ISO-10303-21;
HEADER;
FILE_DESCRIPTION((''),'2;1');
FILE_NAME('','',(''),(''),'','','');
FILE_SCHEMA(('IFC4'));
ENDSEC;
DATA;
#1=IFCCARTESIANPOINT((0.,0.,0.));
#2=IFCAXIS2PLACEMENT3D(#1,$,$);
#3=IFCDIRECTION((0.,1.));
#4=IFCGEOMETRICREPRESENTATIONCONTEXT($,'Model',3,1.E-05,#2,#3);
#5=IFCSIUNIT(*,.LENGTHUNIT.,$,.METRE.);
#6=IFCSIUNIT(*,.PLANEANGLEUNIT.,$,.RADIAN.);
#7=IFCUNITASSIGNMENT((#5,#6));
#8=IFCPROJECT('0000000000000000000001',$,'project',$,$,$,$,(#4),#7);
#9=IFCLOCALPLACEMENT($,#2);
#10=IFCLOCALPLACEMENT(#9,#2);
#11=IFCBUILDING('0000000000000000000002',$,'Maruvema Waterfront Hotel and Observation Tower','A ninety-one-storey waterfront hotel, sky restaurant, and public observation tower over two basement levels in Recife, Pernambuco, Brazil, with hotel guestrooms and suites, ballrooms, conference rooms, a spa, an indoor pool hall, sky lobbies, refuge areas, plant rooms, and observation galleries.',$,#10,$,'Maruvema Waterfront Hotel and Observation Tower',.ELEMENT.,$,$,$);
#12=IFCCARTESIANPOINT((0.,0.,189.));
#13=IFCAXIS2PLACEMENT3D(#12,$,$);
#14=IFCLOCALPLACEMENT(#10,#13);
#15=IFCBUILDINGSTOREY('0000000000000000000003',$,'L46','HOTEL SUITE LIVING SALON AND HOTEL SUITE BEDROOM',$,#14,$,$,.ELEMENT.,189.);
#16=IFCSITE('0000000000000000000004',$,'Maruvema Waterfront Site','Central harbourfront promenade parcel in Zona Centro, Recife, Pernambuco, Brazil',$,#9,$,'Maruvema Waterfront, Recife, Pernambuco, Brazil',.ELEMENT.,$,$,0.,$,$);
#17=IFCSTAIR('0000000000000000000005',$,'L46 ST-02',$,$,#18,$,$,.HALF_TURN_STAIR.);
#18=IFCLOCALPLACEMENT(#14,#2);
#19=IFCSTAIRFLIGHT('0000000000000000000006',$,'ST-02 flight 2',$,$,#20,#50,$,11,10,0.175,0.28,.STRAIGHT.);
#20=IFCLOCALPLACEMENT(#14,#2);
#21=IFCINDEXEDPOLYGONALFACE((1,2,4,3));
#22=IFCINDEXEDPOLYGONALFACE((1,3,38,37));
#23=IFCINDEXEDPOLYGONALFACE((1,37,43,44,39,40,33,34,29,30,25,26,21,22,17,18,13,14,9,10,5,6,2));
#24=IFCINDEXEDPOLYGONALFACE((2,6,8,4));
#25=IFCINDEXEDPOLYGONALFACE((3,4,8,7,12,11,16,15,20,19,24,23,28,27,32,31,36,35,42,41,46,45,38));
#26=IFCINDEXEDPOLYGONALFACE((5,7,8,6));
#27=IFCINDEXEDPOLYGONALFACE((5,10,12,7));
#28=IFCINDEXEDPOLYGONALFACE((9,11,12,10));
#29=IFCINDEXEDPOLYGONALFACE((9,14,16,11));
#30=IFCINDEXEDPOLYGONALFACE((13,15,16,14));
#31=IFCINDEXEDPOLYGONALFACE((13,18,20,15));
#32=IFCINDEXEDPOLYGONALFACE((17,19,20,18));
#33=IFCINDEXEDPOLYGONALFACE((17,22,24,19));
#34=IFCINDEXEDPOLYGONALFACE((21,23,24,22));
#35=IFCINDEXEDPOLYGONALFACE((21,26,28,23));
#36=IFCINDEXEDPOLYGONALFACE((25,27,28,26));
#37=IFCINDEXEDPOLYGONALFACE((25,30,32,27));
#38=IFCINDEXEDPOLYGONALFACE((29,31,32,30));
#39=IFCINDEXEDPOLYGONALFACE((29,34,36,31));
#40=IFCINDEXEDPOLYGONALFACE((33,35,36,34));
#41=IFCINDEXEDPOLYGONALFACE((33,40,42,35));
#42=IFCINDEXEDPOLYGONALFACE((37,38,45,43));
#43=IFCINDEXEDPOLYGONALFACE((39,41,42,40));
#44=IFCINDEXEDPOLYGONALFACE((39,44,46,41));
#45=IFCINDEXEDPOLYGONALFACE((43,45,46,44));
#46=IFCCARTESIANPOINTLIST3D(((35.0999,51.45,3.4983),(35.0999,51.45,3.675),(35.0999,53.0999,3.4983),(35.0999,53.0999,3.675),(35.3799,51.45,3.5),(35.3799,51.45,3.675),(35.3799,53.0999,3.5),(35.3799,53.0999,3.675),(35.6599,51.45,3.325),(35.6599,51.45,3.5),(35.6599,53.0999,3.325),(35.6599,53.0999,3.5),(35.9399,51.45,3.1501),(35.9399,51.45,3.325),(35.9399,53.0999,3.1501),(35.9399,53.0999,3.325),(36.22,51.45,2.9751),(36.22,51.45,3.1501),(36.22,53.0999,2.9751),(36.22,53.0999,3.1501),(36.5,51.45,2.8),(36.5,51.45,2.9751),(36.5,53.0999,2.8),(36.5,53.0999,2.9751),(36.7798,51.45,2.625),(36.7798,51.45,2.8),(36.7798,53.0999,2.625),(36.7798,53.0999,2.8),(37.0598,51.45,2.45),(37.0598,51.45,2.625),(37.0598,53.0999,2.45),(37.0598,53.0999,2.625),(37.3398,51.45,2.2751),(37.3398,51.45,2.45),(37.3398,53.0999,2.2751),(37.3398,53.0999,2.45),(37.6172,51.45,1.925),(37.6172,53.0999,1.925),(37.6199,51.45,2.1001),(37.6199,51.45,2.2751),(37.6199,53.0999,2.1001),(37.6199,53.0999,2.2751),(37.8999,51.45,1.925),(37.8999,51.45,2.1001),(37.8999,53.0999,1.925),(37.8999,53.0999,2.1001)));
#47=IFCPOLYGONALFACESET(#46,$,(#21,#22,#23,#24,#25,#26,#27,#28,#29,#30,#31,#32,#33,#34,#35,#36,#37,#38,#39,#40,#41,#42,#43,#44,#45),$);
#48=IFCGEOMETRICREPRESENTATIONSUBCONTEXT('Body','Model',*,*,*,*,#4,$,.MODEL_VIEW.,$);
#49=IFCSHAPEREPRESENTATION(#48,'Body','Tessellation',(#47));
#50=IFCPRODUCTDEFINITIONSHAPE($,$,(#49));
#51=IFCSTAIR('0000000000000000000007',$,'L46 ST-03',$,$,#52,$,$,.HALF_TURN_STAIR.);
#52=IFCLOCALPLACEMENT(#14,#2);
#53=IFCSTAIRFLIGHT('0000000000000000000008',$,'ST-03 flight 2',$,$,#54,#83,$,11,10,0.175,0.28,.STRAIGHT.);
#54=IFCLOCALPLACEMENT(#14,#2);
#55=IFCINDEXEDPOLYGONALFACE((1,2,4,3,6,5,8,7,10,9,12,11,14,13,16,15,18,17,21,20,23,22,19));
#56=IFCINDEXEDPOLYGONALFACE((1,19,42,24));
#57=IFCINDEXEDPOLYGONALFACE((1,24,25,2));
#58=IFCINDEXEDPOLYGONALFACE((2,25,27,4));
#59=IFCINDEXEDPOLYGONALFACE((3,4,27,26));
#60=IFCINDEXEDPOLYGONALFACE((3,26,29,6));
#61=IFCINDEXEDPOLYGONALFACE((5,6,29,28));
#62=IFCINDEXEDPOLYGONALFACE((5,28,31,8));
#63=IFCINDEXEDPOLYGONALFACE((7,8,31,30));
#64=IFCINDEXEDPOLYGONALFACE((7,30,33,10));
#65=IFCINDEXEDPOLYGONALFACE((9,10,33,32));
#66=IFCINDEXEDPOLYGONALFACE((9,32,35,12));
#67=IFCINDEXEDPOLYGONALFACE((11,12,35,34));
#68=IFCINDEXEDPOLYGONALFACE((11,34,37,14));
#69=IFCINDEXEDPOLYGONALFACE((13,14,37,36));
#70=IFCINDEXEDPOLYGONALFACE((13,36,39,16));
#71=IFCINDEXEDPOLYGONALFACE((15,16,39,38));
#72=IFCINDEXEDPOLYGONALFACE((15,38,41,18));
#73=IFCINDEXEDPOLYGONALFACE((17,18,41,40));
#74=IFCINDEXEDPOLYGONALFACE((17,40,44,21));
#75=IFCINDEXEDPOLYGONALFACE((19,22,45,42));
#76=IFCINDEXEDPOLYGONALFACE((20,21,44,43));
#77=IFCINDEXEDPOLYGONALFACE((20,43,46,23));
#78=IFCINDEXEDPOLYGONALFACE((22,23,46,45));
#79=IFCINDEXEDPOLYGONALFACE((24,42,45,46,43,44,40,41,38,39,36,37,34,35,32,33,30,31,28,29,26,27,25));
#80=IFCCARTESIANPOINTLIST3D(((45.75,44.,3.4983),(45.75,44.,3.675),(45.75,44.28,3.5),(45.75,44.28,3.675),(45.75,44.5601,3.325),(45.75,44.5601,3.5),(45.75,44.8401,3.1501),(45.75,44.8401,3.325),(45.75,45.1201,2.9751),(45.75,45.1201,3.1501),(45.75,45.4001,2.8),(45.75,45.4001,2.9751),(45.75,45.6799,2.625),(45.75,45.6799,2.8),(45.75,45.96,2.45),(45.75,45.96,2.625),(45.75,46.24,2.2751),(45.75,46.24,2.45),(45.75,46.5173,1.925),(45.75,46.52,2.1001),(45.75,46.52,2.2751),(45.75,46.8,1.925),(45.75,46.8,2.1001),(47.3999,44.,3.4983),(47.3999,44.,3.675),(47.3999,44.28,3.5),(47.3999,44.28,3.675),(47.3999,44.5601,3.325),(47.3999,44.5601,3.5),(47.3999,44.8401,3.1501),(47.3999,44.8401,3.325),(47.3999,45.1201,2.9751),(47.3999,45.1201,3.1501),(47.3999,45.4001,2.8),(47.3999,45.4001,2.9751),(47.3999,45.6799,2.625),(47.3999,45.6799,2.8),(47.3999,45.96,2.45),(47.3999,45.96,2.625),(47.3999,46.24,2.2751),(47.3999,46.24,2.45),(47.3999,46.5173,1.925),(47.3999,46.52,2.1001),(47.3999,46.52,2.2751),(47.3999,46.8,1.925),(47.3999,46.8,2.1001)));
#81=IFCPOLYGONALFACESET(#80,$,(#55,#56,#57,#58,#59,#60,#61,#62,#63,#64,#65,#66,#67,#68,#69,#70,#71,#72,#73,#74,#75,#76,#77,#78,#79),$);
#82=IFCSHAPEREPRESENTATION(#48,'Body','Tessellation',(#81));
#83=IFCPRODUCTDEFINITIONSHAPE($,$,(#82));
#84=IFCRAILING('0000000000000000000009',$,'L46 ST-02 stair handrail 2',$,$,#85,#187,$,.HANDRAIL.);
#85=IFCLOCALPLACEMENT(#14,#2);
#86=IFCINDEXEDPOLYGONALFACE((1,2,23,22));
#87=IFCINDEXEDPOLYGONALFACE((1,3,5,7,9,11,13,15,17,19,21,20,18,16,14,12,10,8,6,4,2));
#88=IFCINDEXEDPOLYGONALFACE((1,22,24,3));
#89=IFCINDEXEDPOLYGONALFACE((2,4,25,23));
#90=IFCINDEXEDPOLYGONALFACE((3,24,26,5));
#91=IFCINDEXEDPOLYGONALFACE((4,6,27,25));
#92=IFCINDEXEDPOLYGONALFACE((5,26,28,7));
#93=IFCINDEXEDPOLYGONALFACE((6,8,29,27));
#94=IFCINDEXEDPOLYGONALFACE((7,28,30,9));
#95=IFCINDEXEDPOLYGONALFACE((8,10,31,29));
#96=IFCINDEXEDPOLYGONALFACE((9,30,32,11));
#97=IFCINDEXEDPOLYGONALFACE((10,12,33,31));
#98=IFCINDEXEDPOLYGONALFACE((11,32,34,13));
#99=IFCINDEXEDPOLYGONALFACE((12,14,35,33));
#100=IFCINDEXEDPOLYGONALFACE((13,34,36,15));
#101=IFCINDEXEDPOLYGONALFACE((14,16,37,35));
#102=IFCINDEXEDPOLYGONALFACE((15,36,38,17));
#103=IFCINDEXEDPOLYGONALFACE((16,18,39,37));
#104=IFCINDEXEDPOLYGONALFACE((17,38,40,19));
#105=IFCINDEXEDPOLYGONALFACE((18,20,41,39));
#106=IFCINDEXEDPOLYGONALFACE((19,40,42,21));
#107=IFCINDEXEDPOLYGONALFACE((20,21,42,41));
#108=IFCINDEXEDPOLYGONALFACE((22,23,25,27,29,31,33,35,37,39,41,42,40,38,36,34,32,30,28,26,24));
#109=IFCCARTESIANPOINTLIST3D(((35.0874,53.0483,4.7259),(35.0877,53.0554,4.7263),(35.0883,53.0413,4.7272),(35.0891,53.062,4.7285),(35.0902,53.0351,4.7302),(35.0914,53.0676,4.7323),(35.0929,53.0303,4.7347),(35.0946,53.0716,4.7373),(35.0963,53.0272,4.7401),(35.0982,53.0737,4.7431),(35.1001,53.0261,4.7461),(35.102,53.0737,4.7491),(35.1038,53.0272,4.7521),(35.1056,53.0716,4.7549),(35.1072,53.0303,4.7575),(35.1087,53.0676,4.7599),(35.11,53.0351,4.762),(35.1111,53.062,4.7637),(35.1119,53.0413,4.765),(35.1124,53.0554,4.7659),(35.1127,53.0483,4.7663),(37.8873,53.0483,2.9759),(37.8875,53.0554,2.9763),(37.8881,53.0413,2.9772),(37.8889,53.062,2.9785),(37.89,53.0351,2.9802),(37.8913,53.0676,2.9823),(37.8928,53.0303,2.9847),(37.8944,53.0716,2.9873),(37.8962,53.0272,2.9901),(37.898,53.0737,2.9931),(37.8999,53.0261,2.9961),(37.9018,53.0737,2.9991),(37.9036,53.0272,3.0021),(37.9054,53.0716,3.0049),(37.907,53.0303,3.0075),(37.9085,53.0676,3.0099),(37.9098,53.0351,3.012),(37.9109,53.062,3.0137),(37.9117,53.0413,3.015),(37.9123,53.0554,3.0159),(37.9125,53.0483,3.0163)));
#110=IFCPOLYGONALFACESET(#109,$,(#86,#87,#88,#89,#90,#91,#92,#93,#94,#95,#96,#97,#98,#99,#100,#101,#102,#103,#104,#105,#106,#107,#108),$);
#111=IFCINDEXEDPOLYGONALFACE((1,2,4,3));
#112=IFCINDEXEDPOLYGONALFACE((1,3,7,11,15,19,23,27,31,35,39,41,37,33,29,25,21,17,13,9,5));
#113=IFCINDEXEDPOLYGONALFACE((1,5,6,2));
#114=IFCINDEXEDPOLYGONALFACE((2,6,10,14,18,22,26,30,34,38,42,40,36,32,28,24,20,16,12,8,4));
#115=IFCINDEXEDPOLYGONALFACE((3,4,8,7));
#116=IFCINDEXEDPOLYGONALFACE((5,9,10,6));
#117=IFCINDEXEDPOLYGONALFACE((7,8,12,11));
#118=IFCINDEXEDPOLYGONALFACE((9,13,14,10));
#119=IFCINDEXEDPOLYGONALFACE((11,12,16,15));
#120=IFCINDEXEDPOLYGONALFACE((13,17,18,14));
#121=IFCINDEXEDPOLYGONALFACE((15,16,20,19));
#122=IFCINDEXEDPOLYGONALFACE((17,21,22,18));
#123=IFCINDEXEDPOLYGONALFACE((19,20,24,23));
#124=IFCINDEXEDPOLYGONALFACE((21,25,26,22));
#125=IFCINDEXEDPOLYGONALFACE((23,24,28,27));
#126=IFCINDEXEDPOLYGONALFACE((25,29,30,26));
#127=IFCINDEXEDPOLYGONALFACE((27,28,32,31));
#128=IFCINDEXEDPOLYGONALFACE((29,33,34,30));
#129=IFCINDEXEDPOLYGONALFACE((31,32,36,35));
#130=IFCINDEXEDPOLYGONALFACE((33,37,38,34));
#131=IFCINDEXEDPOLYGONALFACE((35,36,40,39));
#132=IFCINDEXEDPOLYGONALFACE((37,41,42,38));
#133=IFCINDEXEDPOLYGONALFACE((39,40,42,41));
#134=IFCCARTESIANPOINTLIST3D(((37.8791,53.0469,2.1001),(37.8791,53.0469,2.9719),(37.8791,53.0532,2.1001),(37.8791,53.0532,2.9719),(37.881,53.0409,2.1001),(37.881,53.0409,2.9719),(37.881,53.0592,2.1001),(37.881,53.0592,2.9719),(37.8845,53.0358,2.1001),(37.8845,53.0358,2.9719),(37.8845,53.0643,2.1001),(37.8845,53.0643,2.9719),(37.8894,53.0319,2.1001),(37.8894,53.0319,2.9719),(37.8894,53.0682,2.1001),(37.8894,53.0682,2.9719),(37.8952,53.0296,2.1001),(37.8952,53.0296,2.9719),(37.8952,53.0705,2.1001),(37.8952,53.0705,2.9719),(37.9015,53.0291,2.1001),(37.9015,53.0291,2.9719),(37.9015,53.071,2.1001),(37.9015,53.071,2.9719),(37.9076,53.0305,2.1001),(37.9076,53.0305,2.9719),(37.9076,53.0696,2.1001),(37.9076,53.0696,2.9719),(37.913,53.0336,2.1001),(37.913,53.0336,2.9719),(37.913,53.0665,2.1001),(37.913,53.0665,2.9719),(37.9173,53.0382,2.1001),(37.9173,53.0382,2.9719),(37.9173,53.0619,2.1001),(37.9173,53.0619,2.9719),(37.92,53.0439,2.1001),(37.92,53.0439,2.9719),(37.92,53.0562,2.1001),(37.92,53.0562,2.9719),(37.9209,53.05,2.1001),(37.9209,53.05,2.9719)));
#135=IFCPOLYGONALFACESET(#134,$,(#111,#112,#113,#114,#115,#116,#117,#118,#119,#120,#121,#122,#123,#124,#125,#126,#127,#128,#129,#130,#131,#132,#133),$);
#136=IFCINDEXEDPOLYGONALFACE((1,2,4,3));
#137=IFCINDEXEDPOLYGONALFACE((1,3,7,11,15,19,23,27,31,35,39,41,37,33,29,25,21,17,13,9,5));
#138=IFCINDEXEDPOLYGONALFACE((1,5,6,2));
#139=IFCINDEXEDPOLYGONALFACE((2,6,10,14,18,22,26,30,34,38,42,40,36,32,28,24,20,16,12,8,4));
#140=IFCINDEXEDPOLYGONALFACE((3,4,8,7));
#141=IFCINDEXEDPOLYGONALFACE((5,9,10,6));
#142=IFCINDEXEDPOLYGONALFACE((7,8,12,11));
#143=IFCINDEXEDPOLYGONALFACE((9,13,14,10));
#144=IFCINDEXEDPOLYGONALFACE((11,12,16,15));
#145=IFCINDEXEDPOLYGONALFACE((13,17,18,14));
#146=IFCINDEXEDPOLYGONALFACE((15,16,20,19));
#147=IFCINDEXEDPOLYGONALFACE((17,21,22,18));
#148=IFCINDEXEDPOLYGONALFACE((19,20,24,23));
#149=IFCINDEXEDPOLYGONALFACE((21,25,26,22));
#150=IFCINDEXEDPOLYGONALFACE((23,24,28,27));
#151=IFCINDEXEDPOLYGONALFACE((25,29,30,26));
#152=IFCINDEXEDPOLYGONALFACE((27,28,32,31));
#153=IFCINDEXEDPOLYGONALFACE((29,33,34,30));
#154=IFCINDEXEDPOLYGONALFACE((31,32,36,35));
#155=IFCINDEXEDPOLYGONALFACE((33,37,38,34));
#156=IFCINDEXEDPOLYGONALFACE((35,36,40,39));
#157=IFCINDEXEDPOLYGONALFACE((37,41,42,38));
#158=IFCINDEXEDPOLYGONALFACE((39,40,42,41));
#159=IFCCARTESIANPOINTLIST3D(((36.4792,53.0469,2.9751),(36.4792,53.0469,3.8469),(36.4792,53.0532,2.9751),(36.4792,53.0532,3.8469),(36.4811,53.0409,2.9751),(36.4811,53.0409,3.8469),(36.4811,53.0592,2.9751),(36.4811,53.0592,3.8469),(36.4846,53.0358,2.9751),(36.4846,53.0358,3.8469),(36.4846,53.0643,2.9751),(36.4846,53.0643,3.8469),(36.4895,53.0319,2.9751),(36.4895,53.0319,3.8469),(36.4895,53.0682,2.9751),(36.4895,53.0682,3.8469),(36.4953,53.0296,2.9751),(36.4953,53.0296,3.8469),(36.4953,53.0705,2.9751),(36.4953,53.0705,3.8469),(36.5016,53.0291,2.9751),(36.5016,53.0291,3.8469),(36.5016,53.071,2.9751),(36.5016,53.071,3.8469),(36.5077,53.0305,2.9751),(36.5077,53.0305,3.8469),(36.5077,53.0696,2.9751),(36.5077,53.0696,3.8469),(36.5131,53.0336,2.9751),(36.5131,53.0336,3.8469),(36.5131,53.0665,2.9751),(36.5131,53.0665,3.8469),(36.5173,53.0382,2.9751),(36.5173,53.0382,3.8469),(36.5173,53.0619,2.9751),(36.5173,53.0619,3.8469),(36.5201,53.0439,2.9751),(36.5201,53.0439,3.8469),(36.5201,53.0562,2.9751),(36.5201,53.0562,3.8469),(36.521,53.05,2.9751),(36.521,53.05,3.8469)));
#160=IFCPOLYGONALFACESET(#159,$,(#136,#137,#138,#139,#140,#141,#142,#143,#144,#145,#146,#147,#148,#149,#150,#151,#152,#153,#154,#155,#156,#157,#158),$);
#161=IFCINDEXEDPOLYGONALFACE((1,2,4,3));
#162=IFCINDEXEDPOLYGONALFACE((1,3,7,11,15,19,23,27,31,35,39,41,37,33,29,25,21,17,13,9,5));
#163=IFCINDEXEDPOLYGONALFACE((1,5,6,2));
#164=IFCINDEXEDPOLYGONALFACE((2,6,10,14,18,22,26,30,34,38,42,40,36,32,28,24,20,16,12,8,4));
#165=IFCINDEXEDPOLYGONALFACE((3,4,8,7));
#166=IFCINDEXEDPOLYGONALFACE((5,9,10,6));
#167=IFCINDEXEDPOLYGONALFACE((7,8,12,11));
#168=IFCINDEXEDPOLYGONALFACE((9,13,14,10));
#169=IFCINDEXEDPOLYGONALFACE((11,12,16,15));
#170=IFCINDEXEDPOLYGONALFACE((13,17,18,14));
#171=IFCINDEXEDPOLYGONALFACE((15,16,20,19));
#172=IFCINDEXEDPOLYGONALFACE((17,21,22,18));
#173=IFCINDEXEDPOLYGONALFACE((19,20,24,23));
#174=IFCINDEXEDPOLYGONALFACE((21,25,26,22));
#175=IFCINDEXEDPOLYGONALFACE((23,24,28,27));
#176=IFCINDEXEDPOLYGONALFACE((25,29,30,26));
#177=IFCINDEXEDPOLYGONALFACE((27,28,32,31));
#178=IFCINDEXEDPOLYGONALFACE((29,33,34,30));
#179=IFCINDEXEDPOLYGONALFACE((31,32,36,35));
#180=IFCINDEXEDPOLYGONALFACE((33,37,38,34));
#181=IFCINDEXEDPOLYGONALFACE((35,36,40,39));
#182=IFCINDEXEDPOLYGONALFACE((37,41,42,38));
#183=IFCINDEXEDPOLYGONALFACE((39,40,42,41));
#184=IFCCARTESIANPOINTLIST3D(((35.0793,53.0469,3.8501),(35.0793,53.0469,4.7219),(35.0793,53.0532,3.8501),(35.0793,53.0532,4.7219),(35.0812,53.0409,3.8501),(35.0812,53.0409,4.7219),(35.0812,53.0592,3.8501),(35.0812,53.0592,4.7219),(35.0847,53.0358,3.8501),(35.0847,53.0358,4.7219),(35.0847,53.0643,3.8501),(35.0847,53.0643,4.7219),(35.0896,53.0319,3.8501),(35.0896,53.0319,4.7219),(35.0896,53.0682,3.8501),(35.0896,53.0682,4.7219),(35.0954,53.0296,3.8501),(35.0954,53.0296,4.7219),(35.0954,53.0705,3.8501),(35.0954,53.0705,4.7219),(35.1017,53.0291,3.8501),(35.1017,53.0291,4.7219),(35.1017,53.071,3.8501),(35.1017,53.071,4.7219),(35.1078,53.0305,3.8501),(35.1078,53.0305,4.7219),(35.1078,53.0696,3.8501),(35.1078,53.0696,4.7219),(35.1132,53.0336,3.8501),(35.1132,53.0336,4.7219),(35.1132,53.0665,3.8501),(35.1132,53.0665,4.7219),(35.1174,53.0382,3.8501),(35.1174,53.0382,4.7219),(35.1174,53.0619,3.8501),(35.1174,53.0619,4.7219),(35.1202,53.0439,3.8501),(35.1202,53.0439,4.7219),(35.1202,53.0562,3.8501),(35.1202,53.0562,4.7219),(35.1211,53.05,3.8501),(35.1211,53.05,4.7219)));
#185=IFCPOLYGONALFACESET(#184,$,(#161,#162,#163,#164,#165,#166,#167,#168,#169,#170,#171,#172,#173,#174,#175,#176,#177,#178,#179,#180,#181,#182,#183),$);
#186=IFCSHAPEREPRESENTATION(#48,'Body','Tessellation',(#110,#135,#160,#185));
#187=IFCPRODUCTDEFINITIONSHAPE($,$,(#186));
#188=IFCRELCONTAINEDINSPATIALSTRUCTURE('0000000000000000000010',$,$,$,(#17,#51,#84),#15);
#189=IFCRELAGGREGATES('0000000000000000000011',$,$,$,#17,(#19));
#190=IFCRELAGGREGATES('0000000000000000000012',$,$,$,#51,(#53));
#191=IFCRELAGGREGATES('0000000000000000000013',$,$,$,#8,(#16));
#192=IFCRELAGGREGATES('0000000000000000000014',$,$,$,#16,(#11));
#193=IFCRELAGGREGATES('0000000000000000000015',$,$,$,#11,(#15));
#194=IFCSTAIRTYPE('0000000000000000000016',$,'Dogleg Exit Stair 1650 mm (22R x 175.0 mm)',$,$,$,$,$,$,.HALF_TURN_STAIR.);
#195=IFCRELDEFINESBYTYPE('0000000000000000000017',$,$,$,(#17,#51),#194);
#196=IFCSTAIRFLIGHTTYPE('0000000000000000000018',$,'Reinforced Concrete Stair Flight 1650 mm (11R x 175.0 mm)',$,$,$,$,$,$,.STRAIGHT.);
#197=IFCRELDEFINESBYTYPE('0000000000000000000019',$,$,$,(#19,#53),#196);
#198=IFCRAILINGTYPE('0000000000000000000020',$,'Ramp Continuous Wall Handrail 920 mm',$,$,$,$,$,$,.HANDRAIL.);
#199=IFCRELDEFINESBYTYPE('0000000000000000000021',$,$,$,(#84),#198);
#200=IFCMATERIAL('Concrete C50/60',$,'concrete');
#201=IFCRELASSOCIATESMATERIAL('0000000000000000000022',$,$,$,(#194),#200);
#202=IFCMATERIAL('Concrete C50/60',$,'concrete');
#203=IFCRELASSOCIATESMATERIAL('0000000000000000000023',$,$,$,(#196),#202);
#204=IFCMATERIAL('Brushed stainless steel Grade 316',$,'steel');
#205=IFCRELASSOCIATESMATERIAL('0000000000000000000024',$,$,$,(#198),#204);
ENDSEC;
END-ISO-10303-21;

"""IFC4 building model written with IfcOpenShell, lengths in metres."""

from ifc_helpers import new_model, si_unit, direction, frame, origin, origin_2d, place, context, subcontext, project, spatial, polyline, circle, outline, extrude, material, type_object, element, aggregate, save


model = new_model("IFC4")

# Units and contexts
model_context = context("Model", 3, precision=1e-05, world=origin(), true_north=direction((0.0, 1.0)))
body_context = subcontext(model_context, "Body", "Model", "MODEL_VIEW")
ifc_project = project(units=[si_unit("LENGTHUNIT", "METRE"), si_unit("PLANEANGLEUNIT", "RADIAN")], contexts=[model_context])

# Site, building, storey
site_placement = place(None, origin())
site = spatial("IfcSite", under=ifc_project, at=site_placement, Name="Maruvema Waterfront Site", Description="Central harbourfront promenade parcel in Zona Centro, Recife, Pernambuco, Brazil", LongName="Maruvema Waterfront, Recife, Pernambuco, Brazil", CompositionType="ELEMENT", RefElevation=0.0)
building_placement = place(site_placement, origin())
building = spatial("IfcBuilding", under=site, at=building_placement, Name="Maruvema Waterfront Hotel and Observation Tower", Description="A ninety-one-storey waterfront hotel, sky restaurant, and public observation tower over two basement levels in Recife, Pernambuco, Brazil, with hotel guestrooms and suites, ballrooms, conference rooms, a spa, an indoor pool hall, sky lobbies, refuge areas, plant rooms, and observation galleries.", LongName="Maruvema Waterfront Hotel and Observation Tower", CompositionType="ELEMENT")
storey_placement = place(building_placement, frame((0.0, 0.0, 189.0)))
storey = spatial("IfcBuildingStorey", under=building, at=storey_placement, Name="L46", Description="HOTEL SUITE LIVING SALON AND HOTEL SUITE BEDROOM", CompositionType="ELEMENT", Elevation=189.0)

# Stairs, stair flights
ifc_material_1 = material(Name="Concrete C50/60", Category="concrete")
stair_type = type_object("IfcStairType", Name="Dogleg Exit Stair 1650 mm (22R x 175.0 mm)", PredefinedType="HALF_TURN_STAIR", material=ifc_material_1)
stair_1_placement = place(storey_placement, origin())
stair_1 = element("IfcStair", 1, at=stair_1_placement, inside=storey, type_object=stair_type, Name="L46 ST-02", PredefinedType="HALF_TURN_STAIR")
ifc_material_2 = material(Name="Concrete C50/60", Category="concrete")
stair_flight_type = type_object("IfcStairFlightType", Name="Reinforced Concrete Stair Flight 1650 mm (11R x 175.0 mm)", PredefinedType="STRAIGHT", material=ifc_material_2)
stair_flight_1_placement = place(storey_placement, frame((37.8999, 52.2749, 1.925), z_axis=(0.0, 0.0, 1.0), x_axis=(-1.0, 0.0, 0.0)))
stair_flight_1 = element("IfcStairFlight", 2, at=stair_flight_1_placement, type_object=stair_flight_type, Name="ST-02 flight 2", NumberOfRisers=11, NumberOfTreads=10, PredefinedType="STRAIGHT", RiserHeight=0.175, TreadLength=0.28, context=body_context, shape_type="SweptSolid", body=[
    extrude(outline(polyline([(0.0, 0.0), (0.0, 0.175), (0.28, 0.175), (0.28, 0.3501), (0.5601, 0.3501), (0.5601, 0.5249), (0.8401, 0.5249), (0.8401, 0.7), (1.1201, 0.7), (1.1201, 0.875), (1.3999, 0.875), (1.3999, 1.05), (1.6799, 1.05), (1.6799, 1.2251), (1.96, 1.2251), (1.96, 1.3999), (2.24, 1.3999), (2.24, 1.575), (2.52, 1.575), (2.52, 1.75), (2.8, 1.75), (2.8, 1.925), (2.8, 1.5732), (0.2827, 0.0), (0.0, 0.0)])), frame((0.0, 0.825, 0.0), z_axis=(0.0, -1.0, 0.0), x_axis=(1.0, 0.0, 0.0)), (0.0, 0.0, 1.0), 1.6499),
])
aggregate(stair_1, [stair_flight_1])
stair_2_placement = place(storey_placement, origin())
stair_2 = element("IfcStair", 3, at=stair_2_placement, inside=storey, type_object=stair_type, Name="L46 ST-03", PredefinedType="HALF_TURN_STAIR")
stair_flight_2_placement = place(storey_placement, frame((46.575, 46.8, 1.925), z_axis=(0.0, 0.0, 1.0), x_axis=(0.0, -1.0, 0.0)))
stair_flight_2 = element("IfcStairFlight", 4, at=stair_flight_2_placement, type_object=stair_flight_type, Name="ST-03 flight 2", NumberOfRisers=11, NumberOfTreads=10, PredefinedType="STRAIGHT", RiserHeight=0.175, TreadLength=0.28, context=body_context, shape_type="SweptSolid", body=[
    extrude(outline(polyline([(0.0, 0.0), (0.0, 0.175), (0.28, 0.175), (0.28, 0.3501), (0.5601, 0.3501), (0.5601, 0.5249), (0.8401, 0.5249), (0.8401, 0.7), (1.1201, 0.7), (1.1201, 0.875), (1.3999, 0.875), (1.3999, 1.05), (1.6799, 1.05), (1.6799, 1.2251), (1.96, 1.2251), (1.96, 1.3999), (2.24, 1.3999), (2.24, 1.575), (2.52, 1.575), (2.52, 1.75), (2.8, 1.75), (2.8, 1.925), (2.8, 1.5732), (0.2827, 0.0), (0.0, 0.0)])), frame((0.0, 0.825, 0.0), z_axis=(0.0, -1.0, 0.0), x_axis=(1.0, 0.0, 0.0)), (0.0, 0.0, 1.0), 1.6499),
])
aggregate(stair_2, [stair_flight_2])

# Railing
ifc_material_3 = material(Name="Brushed stainless steel Grade 316", Category="steel")
railing_type_1 = type_object("IfcRailingType", Name="Ramp Continuous Wall Handrail 920 mm", PredefinedType="HANDRAIL", material=ifc_material_3)
railing_1_placement = place(storey_placement, frame((37.8999, 53.05, 2.1001)))
element("IfcRailing", 5, at=railing_1_placement, inside=storey, type_object=railing_type_1, Name="L46 ST-02 stair handrail 2", PredefinedType="HANDRAIL", context=body_context, shape_type="SweptSolid", body=[
    extrude(circle(Radius=0.0239, at=origin_2d()), frame((0.0, 0.0, 0.896), z_axis=(-0.847982, 0.0, 0.530026), x_axis=(0.0, -1.0, 0.0)), (0.0, 0.0, 1.0), 3.3018),
    extrude(circle(Radius=0.021, at=origin_2d()), origin(), (0.0, 0.0, 1.0), 0.8718),
    extrude(circle(Radius=0.021, at=origin_2d()), frame((-1.3999, 0.0, 0.875)), (0.0, 0.0, 1.0), 0.8718),
    extrude(circle(Radius=0.021, at=origin_2d()), frame((-2.7998, 0.0, 1.75)), (0.0, 0.0, 1.0), 0.8718),
])

save(model, "model.ifc")
